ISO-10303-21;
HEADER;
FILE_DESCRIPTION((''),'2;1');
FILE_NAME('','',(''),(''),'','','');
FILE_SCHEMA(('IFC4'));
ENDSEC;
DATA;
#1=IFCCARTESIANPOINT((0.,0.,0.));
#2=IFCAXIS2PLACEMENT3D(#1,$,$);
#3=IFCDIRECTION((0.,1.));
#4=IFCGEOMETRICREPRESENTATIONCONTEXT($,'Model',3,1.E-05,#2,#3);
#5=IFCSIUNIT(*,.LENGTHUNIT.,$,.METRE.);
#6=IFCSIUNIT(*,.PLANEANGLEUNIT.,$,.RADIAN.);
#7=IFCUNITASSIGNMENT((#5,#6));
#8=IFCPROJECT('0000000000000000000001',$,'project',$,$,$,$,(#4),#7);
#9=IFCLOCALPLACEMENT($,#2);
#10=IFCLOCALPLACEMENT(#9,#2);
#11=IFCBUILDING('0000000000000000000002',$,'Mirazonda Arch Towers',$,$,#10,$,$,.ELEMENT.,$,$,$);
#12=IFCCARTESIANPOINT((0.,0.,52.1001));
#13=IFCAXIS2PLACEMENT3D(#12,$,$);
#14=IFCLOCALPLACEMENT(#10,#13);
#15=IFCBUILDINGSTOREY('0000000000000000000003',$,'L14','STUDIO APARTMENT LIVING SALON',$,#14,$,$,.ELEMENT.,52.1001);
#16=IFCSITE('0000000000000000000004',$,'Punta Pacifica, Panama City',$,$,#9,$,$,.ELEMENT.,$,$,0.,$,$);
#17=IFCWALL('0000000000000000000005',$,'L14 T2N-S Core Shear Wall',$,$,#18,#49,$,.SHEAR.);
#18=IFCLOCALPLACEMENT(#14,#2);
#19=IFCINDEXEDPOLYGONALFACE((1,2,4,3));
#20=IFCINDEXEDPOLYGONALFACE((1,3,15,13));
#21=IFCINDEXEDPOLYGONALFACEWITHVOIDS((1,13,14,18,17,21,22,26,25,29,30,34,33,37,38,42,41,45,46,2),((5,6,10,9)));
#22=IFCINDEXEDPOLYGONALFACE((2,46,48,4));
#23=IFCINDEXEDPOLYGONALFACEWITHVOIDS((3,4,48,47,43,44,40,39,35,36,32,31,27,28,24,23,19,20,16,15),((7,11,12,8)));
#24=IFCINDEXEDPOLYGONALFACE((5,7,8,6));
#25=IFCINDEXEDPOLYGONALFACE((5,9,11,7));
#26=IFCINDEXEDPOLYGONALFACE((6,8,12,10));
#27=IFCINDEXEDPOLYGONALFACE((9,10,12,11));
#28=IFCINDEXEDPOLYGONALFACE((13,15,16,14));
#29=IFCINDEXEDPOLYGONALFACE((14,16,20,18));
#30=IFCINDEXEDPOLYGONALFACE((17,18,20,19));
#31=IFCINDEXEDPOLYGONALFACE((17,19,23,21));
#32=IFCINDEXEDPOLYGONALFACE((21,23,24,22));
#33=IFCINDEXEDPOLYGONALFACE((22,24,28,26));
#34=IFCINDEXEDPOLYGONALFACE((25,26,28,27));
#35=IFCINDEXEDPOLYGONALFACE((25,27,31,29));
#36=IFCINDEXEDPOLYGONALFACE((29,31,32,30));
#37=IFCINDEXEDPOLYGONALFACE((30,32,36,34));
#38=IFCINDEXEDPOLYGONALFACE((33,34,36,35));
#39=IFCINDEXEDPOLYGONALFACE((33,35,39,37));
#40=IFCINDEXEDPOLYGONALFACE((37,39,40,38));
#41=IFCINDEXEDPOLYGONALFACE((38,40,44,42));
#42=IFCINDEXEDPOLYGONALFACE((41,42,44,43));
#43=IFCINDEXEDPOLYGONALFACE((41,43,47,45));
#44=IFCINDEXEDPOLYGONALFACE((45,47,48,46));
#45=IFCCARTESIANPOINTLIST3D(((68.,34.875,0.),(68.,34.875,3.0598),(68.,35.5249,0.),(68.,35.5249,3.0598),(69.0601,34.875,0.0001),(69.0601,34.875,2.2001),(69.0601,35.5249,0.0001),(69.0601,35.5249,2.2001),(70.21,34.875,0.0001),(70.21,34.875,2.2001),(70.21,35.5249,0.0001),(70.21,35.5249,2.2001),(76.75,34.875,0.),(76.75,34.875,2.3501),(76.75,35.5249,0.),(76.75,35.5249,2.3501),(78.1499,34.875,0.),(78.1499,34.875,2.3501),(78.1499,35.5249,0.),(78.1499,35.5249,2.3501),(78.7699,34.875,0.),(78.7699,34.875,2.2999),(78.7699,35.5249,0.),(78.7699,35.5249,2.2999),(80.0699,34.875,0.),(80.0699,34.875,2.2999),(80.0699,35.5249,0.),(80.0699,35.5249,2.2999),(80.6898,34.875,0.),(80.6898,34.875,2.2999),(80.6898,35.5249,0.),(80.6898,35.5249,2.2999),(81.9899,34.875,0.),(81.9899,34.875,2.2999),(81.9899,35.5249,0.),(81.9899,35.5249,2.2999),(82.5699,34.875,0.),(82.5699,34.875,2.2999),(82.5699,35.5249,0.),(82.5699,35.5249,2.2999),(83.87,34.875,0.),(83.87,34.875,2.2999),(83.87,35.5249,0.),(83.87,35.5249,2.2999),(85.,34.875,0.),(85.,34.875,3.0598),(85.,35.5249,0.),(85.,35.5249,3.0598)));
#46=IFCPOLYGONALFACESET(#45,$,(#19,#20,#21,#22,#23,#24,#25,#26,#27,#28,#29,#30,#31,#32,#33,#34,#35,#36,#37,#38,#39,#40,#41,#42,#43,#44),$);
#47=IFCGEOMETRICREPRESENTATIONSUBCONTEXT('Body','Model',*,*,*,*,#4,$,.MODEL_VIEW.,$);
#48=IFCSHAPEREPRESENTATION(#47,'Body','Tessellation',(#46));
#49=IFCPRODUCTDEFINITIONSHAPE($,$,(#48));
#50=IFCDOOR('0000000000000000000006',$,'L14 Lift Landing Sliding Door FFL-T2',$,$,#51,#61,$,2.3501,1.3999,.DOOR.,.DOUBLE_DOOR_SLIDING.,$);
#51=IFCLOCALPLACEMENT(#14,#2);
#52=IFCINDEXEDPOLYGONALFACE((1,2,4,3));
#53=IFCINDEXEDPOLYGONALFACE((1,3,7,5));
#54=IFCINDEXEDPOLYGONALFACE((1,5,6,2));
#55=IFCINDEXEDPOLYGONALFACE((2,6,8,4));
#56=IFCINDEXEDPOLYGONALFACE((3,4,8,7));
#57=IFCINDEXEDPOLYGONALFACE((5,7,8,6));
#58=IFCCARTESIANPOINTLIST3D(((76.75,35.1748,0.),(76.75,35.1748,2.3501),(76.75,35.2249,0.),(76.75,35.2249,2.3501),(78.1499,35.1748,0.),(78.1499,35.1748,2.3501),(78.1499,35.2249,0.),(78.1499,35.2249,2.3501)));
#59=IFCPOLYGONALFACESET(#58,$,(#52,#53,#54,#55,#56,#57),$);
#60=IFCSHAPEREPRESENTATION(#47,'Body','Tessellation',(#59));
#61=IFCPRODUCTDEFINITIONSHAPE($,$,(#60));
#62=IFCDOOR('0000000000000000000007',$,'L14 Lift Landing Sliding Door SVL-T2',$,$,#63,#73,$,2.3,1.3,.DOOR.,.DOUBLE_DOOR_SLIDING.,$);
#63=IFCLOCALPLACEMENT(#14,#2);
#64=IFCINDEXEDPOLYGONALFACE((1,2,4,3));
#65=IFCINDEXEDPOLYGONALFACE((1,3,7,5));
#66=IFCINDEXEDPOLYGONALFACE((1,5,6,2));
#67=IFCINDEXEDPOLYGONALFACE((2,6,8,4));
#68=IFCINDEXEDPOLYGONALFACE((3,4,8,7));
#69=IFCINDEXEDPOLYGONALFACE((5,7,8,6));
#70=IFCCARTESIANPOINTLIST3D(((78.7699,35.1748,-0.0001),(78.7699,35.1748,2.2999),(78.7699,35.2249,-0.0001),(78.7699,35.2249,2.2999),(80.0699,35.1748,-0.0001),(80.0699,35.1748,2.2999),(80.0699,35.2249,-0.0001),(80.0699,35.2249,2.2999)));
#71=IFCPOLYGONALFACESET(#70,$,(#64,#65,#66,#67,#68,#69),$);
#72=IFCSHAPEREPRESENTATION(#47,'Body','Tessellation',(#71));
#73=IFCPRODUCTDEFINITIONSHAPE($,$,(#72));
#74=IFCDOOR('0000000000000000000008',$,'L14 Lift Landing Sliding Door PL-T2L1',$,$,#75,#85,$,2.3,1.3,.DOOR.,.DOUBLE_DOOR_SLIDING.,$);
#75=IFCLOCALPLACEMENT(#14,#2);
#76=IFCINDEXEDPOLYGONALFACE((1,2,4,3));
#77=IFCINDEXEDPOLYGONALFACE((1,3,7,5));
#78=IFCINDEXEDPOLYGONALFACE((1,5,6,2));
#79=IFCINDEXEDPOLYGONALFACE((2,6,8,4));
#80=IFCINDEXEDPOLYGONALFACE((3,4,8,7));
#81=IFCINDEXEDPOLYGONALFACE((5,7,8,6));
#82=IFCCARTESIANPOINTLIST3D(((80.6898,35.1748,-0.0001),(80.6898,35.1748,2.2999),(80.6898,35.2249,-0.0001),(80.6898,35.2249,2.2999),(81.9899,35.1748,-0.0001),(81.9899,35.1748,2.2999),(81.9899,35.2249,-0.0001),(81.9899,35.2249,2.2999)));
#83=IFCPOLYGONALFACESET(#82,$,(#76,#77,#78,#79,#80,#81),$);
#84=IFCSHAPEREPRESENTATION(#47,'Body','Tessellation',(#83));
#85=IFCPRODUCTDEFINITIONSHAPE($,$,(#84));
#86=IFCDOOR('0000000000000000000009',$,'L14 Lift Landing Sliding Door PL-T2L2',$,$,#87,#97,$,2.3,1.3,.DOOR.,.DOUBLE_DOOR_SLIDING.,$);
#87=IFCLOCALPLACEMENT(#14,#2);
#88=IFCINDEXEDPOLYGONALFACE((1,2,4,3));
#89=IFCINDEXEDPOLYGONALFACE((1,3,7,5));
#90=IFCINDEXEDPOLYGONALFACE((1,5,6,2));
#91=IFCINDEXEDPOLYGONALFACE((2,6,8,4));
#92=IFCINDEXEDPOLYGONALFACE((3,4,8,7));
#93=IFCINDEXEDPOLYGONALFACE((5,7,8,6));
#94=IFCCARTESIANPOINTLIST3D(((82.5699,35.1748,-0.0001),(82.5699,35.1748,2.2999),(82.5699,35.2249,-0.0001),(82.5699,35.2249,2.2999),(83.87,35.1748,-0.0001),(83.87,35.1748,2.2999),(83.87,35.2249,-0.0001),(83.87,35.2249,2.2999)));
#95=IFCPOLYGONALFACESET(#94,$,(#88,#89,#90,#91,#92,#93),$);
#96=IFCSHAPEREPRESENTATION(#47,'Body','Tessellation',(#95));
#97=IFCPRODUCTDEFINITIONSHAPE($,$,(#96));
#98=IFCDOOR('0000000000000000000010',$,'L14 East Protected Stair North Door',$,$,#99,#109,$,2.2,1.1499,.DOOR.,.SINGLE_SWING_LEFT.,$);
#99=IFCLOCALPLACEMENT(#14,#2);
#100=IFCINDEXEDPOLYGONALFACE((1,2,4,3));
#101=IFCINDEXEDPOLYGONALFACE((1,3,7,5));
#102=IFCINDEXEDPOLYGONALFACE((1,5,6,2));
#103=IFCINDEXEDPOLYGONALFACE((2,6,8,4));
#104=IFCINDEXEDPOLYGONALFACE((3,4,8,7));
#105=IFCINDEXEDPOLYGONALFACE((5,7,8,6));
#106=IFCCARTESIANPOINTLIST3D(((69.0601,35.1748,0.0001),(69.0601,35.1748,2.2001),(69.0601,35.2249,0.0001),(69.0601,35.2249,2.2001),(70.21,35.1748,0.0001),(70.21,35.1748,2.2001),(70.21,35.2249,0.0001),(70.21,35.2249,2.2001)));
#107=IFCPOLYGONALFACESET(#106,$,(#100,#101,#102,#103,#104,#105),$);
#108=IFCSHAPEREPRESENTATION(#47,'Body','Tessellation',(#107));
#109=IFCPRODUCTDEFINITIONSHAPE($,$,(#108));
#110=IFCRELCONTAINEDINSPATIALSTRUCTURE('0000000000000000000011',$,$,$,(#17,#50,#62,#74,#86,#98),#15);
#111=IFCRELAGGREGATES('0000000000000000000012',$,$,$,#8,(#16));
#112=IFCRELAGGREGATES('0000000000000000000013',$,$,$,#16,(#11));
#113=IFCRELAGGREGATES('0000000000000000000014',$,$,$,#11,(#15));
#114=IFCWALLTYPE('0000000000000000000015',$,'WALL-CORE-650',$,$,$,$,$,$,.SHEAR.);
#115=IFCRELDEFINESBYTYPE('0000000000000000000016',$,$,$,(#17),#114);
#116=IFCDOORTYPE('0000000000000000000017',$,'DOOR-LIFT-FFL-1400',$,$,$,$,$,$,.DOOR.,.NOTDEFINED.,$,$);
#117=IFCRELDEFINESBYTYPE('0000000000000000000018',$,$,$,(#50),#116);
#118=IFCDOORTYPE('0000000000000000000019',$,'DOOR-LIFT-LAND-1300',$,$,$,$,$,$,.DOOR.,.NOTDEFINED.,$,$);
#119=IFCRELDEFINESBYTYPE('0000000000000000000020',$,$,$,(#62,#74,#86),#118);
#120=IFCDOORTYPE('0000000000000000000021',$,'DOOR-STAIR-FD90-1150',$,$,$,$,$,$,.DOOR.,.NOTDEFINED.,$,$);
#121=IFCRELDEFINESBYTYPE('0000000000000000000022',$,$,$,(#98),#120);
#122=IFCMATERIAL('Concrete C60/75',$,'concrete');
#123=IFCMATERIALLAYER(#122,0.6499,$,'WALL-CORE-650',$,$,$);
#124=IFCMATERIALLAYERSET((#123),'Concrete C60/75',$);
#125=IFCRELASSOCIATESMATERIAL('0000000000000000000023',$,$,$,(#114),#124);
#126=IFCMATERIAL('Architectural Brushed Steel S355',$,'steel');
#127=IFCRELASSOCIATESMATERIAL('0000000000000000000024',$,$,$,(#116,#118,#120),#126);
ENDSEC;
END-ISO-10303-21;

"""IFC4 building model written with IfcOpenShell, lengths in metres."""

from ifc_helpers import new_model, si_unit, direction, frame, frame_2d, origin, place, context, subcontext, project, spatial, rectangle, extrude, material, layer, layer_set, type_object, element, fill, save


model = new_model("IFC4")

# Units and contexts
model_context = context("Model", 3, precision=1e-05, world=origin(), true_north=direction((0.0, 1.0)))
body_context = subcontext(model_context, "Body", "Model", "MODEL_VIEW")
ifc_project = project(units=[si_unit("LENGTHUNIT", "METRE"), si_unit("PLANEANGLEUNIT", "RADIAN")], contexts=[model_context])

# Site, building, storey
site_placement = place(None, origin())
site = spatial("IfcSite", under=ifc_project, at=site_placement, Name="Punta Pacifica, Panama City", CompositionType="ELEMENT", RefElevation=0.0)
building_placement = place(site_placement, origin())
building = spatial("IfcBuilding", under=site, at=building_placement, Name="Mirazonda Arch Towers", CompositionType="ELEMENT")
storey_placement = place(building_placement, frame((0.0, 0.0, 52.1001)))
storey = spatial("IfcBuildingStorey", under=building, at=storey_placement, Name="L14", Description="STUDIO APARTMENT LIVING SALON", CompositionType="ELEMENT", Elevation=52.1001)

# Shared definitions
ifc_material_1 = material(Name="Concrete C60/75", Category="concrete")

# Shared definitions
ifc_layer_1 = layer(ifc_material_1, 0.6499, Name="WALL-CORE-650")
ifc_layer_set_1 = layer_set([ifc_layer_1], Name="Concrete C60/75")
wall_type_1 = type_object("IfcWallType", Name="WALL-CORE-650", PredefinedType="SHEAR", material=ifc_layer_set_1)

# Wall, openings, doors
wall_1_placement = place(storey_placement, frame((68.0, 35.2, 0.0), z_axis=(0.0, 0.0, 1.0), x_axis=(1.0, 0.0, 0.0)))
wall_1 = element("IfcWall", 1, at=wall_1_placement, inside=storey, type_object=wall_type_1, Name="L14 T2N-S Core Shear Wall", PredefinedType="SHEAR", context=body_context, shape_type="SweptSolid", body=[
    extrude(rectangle(XDim=17.0, YDim=0.6499, at=frame_2d((8.5, 0.0))), origin(), (0.0, 0.0, 1.0), 3.0598),
])
opening_1_placement = place(wall_1_placement, frame((1.0601, 0.0, 0.0)))
opening_1 = element("IfcOpeningElement", 2, at=opening_1_placement, cuts=wall_1, PredefinedType="OPENING", context=body_context, shape_type="SweptSolid", body=[
    extrude(rectangle(XDim=1.1499, YDim=2.2, at=frame_2d((0.575, 1.1001))), frame((0.0, 0.335, 0.0), z_axis=(0.0, -1.0, 0.0), x_axis=(1.0, 0.0, 0.0)), (0.0, 0.0, 1.0), 0.6699),
])
opening_2_placement = place(wall_1_placement, frame((8.75, 0.0, 0.0)))
opening_2 = element("IfcOpeningElement", 3, at=opening_2_placement, cuts=wall_1, PredefinedType="OPENING", context=body_context, shape_type="SweptSolid", body=[
    extrude(rectangle(XDim=1.3999, YDim=2.3501, at=frame_2d((0.7, 1.175))), frame((0.0, 0.335, 0.0), z_axis=(0.0, -1.0, 0.0), x_axis=(1.0, 0.0, 0.0)), (0.0, 0.0, 1.0), 0.6699),
])
opening_3_placement = place(wall_1_placement, frame((10.77, 0.0, 0.0)))
opening_3 = element("IfcOpeningElement", 4, at=opening_3_placement, cuts=wall_1, PredefinedType="OPENING", context=body_context, shape_type="SweptSolid", body=[
    extrude(rectangle(XDim=1.3, YDim=2.3, at=frame_2d((0.6499, 1.1499))), frame((0.0, 0.335, 0.0), z_axis=(0.0, -1.0, 0.0), x_axis=(1.0, 0.0, 0.0)), (0.0, 0.0, 1.0), 0.6699),
])
opening_4_placement = place(wall_1_placement, frame((12.6899, 0.0, 0.0)))
opening_4 = element("IfcOpeningElement", 5, at=opening_4_placement, cuts=wall_1, PredefinedType="OPENING", context=body_context, shape_type="SweptSolid", body=[
    extrude(rectangle(XDim=1.3, YDim=2.3, at=frame_2d((0.6499, 1.1499))), frame((0.0, 0.335, 0.0), z_axis=(0.0, -1.0, 0.0), x_axis=(1.0, 0.0, 0.0)), (0.0, 0.0, 1.0), 0.6699),
])
opening_5_placement = place(wall_1_placement, frame((14.5701, 0.0, 0.0)))
opening_5 = element("IfcOpeningElement", 6, at=opening_5_placement, cuts=wall_1, PredefinedType="OPENING", context=body_context, shape_type="SweptSolid", body=[
    extrude(rectangle(XDim=1.3, YDim=2.3, at=frame_2d((0.6499, 1.1499))), frame((0.0, 0.335, 0.0), z_axis=(0.0, -1.0, 0.0), x_axis=(1.0, 0.0, 0.0)), (0.0, 0.0, 1.0), 0.6699),
])
ifc_material_2 = material(Name="Architectural Brushed Steel S355", Category="steel")
door_type_1 = type_object("IfcDoorType", Name="DOOR-LIFT-FFL-1400", OperationType="NOTDEFINED", PredefinedType="DOOR", material=ifc_material_2)
door_1_placement = place(opening_2_placement, origin())
door_1 = element("IfcDoor", 7, at=door_1_placement, inside=storey, type_object=door_type_1, Name="L14 Lift Landing Sliding Door FFL-T2", OperationType="DOUBLE_DOOR_SLIDING", OverallHeight=2.3501, OverallWidth=1.3999, PredefinedType="DOOR", context=body_context, shape_type="SweptSolid", body=[
    extrude(rectangle(XDim=1.3999, YDim=2.3501, at=frame_2d((0.7, 1.175))), frame((0.0, 0.0249, 0.0), z_axis=(0.0, -1.0, 0.0), x_axis=(1.0, 0.0, 0.0)), (0.0, 0.0, 1.0), 0.05),
])
fill(opening_2, door_1)
door_type_2 = type_object("IfcDoorType", Name="DOOR-LIFT-LAND-1300", OperationType="NOTDEFINED", PredefinedType="DOOR", material=ifc_material_2)
door_2_placement = place(opening_3_placement, origin())
door_2 = element("IfcDoor", 8, at=door_2_placement, inside=storey, type_object=door_type_2, Name="L14 Lift Landing Sliding Door SVL-T2", OperationType="DOUBLE_DOOR_SLIDING", OverallHeight=2.3, OverallWidth=1.3, PredefinedType="DOOR", context=body_context, shape_type="SweptSolid", body=[
    extrude(rectangle(XDim=1.3, YDim=2.3, at=frame_2d((0.6499, 1.1499))), frame((0.0, 0.0249, 0.0), z_axis=(0.0, -1.0, 0.0), x_axis=(1.0, 0.0, 0.0)), (0.0, 0.0, 1.0), 0.05),
])
fill(opening_3, door_2)
door_3_placement = place(opening_4_placement, origin())
door_3 = element("IfcDoor", 9, at=door_3_placement, inside=storey, type_object=door_type_2, Name="L14 Lift Landing Sliding Door PL-T2L1", OperationType="DOUBLE_DOOR_SLIDING", OverallHeight=2.3, OverallWidth=1.3, PredefinedType="DOOR", context=body_context, shape_type="SweptSolid", body=[
    extrude(rectangle(XDim=1.3, YDim=2.3, at=frame_2d((0.6499, 1.1499))), frame((0.0, 0.0249, 0.0), z_axis=(0.0, -1.0, 0.0), x_axis=(1.0, 0.0, 0.0)), (0.0, 0.0, 1.0), 0.05),
])
fill(opening_4, door_3)
door_4_placement = place(opening_5_placement, origin())
door_4 = element("IfcDoor", 10, at=door_4_placement, inside=storey, type_object=door_type_2, Name="L14 Lift Landing Sliding Door PL-T2L2", OperationType="DOUBLE_DOOR_SLIDING", OverallHeight=2.3, OverallWidth=1.3, PredefinedType="DOOR", context=body_context, shape_type="SweptSolid", body=[
    extrude(rectangle(XDim=1.3, YDim=2.3, at=frame_2d((0.6499, 1.1499))), frame((0.0, 0.0249, 0.0), z_axis=(0.0, -1.0, 0.0), x_axis=(1.0, 0.0, 0.0)), (0.0, 0.0, 1.0), 0.05),
])
fill(opening_5, door_4)
door_type_3 = type_object("IfcDoorType", Name="DOOR-STAIR-FD90-1150", OperationType="NOTDEFINED", PredefinedType="DOOR", material=ifc_material_2)
door_5_placement = place(opening_1_placement, origin())
door_5 = element("IfcDoor", 11, at=door_5_placement, inside=storey, type_object=door_type_3, Name="L14 East Protected Stair North Door", OperationType="SINGLE_SWING_LEFT", OverallHeight=2.2, OverallWidth=1.1499, PredefinedType="DOOR", context=body_context, shape_type="SweptSolid", body=[
    extrude(rectangle(XDim=1.1499, YDim=2.2, at=frame_2d((0.575, 1.1001))), frame((0.0, 0.0249, 0.0), z_axis=(0.0, -1.0, 0.0), x_axis=(1.0, 0.0, 0.0)), (0.0, 0.0, 1.0), 0.05),
])
fill(opening_1, door_5)

save(model, "model.ifc")
